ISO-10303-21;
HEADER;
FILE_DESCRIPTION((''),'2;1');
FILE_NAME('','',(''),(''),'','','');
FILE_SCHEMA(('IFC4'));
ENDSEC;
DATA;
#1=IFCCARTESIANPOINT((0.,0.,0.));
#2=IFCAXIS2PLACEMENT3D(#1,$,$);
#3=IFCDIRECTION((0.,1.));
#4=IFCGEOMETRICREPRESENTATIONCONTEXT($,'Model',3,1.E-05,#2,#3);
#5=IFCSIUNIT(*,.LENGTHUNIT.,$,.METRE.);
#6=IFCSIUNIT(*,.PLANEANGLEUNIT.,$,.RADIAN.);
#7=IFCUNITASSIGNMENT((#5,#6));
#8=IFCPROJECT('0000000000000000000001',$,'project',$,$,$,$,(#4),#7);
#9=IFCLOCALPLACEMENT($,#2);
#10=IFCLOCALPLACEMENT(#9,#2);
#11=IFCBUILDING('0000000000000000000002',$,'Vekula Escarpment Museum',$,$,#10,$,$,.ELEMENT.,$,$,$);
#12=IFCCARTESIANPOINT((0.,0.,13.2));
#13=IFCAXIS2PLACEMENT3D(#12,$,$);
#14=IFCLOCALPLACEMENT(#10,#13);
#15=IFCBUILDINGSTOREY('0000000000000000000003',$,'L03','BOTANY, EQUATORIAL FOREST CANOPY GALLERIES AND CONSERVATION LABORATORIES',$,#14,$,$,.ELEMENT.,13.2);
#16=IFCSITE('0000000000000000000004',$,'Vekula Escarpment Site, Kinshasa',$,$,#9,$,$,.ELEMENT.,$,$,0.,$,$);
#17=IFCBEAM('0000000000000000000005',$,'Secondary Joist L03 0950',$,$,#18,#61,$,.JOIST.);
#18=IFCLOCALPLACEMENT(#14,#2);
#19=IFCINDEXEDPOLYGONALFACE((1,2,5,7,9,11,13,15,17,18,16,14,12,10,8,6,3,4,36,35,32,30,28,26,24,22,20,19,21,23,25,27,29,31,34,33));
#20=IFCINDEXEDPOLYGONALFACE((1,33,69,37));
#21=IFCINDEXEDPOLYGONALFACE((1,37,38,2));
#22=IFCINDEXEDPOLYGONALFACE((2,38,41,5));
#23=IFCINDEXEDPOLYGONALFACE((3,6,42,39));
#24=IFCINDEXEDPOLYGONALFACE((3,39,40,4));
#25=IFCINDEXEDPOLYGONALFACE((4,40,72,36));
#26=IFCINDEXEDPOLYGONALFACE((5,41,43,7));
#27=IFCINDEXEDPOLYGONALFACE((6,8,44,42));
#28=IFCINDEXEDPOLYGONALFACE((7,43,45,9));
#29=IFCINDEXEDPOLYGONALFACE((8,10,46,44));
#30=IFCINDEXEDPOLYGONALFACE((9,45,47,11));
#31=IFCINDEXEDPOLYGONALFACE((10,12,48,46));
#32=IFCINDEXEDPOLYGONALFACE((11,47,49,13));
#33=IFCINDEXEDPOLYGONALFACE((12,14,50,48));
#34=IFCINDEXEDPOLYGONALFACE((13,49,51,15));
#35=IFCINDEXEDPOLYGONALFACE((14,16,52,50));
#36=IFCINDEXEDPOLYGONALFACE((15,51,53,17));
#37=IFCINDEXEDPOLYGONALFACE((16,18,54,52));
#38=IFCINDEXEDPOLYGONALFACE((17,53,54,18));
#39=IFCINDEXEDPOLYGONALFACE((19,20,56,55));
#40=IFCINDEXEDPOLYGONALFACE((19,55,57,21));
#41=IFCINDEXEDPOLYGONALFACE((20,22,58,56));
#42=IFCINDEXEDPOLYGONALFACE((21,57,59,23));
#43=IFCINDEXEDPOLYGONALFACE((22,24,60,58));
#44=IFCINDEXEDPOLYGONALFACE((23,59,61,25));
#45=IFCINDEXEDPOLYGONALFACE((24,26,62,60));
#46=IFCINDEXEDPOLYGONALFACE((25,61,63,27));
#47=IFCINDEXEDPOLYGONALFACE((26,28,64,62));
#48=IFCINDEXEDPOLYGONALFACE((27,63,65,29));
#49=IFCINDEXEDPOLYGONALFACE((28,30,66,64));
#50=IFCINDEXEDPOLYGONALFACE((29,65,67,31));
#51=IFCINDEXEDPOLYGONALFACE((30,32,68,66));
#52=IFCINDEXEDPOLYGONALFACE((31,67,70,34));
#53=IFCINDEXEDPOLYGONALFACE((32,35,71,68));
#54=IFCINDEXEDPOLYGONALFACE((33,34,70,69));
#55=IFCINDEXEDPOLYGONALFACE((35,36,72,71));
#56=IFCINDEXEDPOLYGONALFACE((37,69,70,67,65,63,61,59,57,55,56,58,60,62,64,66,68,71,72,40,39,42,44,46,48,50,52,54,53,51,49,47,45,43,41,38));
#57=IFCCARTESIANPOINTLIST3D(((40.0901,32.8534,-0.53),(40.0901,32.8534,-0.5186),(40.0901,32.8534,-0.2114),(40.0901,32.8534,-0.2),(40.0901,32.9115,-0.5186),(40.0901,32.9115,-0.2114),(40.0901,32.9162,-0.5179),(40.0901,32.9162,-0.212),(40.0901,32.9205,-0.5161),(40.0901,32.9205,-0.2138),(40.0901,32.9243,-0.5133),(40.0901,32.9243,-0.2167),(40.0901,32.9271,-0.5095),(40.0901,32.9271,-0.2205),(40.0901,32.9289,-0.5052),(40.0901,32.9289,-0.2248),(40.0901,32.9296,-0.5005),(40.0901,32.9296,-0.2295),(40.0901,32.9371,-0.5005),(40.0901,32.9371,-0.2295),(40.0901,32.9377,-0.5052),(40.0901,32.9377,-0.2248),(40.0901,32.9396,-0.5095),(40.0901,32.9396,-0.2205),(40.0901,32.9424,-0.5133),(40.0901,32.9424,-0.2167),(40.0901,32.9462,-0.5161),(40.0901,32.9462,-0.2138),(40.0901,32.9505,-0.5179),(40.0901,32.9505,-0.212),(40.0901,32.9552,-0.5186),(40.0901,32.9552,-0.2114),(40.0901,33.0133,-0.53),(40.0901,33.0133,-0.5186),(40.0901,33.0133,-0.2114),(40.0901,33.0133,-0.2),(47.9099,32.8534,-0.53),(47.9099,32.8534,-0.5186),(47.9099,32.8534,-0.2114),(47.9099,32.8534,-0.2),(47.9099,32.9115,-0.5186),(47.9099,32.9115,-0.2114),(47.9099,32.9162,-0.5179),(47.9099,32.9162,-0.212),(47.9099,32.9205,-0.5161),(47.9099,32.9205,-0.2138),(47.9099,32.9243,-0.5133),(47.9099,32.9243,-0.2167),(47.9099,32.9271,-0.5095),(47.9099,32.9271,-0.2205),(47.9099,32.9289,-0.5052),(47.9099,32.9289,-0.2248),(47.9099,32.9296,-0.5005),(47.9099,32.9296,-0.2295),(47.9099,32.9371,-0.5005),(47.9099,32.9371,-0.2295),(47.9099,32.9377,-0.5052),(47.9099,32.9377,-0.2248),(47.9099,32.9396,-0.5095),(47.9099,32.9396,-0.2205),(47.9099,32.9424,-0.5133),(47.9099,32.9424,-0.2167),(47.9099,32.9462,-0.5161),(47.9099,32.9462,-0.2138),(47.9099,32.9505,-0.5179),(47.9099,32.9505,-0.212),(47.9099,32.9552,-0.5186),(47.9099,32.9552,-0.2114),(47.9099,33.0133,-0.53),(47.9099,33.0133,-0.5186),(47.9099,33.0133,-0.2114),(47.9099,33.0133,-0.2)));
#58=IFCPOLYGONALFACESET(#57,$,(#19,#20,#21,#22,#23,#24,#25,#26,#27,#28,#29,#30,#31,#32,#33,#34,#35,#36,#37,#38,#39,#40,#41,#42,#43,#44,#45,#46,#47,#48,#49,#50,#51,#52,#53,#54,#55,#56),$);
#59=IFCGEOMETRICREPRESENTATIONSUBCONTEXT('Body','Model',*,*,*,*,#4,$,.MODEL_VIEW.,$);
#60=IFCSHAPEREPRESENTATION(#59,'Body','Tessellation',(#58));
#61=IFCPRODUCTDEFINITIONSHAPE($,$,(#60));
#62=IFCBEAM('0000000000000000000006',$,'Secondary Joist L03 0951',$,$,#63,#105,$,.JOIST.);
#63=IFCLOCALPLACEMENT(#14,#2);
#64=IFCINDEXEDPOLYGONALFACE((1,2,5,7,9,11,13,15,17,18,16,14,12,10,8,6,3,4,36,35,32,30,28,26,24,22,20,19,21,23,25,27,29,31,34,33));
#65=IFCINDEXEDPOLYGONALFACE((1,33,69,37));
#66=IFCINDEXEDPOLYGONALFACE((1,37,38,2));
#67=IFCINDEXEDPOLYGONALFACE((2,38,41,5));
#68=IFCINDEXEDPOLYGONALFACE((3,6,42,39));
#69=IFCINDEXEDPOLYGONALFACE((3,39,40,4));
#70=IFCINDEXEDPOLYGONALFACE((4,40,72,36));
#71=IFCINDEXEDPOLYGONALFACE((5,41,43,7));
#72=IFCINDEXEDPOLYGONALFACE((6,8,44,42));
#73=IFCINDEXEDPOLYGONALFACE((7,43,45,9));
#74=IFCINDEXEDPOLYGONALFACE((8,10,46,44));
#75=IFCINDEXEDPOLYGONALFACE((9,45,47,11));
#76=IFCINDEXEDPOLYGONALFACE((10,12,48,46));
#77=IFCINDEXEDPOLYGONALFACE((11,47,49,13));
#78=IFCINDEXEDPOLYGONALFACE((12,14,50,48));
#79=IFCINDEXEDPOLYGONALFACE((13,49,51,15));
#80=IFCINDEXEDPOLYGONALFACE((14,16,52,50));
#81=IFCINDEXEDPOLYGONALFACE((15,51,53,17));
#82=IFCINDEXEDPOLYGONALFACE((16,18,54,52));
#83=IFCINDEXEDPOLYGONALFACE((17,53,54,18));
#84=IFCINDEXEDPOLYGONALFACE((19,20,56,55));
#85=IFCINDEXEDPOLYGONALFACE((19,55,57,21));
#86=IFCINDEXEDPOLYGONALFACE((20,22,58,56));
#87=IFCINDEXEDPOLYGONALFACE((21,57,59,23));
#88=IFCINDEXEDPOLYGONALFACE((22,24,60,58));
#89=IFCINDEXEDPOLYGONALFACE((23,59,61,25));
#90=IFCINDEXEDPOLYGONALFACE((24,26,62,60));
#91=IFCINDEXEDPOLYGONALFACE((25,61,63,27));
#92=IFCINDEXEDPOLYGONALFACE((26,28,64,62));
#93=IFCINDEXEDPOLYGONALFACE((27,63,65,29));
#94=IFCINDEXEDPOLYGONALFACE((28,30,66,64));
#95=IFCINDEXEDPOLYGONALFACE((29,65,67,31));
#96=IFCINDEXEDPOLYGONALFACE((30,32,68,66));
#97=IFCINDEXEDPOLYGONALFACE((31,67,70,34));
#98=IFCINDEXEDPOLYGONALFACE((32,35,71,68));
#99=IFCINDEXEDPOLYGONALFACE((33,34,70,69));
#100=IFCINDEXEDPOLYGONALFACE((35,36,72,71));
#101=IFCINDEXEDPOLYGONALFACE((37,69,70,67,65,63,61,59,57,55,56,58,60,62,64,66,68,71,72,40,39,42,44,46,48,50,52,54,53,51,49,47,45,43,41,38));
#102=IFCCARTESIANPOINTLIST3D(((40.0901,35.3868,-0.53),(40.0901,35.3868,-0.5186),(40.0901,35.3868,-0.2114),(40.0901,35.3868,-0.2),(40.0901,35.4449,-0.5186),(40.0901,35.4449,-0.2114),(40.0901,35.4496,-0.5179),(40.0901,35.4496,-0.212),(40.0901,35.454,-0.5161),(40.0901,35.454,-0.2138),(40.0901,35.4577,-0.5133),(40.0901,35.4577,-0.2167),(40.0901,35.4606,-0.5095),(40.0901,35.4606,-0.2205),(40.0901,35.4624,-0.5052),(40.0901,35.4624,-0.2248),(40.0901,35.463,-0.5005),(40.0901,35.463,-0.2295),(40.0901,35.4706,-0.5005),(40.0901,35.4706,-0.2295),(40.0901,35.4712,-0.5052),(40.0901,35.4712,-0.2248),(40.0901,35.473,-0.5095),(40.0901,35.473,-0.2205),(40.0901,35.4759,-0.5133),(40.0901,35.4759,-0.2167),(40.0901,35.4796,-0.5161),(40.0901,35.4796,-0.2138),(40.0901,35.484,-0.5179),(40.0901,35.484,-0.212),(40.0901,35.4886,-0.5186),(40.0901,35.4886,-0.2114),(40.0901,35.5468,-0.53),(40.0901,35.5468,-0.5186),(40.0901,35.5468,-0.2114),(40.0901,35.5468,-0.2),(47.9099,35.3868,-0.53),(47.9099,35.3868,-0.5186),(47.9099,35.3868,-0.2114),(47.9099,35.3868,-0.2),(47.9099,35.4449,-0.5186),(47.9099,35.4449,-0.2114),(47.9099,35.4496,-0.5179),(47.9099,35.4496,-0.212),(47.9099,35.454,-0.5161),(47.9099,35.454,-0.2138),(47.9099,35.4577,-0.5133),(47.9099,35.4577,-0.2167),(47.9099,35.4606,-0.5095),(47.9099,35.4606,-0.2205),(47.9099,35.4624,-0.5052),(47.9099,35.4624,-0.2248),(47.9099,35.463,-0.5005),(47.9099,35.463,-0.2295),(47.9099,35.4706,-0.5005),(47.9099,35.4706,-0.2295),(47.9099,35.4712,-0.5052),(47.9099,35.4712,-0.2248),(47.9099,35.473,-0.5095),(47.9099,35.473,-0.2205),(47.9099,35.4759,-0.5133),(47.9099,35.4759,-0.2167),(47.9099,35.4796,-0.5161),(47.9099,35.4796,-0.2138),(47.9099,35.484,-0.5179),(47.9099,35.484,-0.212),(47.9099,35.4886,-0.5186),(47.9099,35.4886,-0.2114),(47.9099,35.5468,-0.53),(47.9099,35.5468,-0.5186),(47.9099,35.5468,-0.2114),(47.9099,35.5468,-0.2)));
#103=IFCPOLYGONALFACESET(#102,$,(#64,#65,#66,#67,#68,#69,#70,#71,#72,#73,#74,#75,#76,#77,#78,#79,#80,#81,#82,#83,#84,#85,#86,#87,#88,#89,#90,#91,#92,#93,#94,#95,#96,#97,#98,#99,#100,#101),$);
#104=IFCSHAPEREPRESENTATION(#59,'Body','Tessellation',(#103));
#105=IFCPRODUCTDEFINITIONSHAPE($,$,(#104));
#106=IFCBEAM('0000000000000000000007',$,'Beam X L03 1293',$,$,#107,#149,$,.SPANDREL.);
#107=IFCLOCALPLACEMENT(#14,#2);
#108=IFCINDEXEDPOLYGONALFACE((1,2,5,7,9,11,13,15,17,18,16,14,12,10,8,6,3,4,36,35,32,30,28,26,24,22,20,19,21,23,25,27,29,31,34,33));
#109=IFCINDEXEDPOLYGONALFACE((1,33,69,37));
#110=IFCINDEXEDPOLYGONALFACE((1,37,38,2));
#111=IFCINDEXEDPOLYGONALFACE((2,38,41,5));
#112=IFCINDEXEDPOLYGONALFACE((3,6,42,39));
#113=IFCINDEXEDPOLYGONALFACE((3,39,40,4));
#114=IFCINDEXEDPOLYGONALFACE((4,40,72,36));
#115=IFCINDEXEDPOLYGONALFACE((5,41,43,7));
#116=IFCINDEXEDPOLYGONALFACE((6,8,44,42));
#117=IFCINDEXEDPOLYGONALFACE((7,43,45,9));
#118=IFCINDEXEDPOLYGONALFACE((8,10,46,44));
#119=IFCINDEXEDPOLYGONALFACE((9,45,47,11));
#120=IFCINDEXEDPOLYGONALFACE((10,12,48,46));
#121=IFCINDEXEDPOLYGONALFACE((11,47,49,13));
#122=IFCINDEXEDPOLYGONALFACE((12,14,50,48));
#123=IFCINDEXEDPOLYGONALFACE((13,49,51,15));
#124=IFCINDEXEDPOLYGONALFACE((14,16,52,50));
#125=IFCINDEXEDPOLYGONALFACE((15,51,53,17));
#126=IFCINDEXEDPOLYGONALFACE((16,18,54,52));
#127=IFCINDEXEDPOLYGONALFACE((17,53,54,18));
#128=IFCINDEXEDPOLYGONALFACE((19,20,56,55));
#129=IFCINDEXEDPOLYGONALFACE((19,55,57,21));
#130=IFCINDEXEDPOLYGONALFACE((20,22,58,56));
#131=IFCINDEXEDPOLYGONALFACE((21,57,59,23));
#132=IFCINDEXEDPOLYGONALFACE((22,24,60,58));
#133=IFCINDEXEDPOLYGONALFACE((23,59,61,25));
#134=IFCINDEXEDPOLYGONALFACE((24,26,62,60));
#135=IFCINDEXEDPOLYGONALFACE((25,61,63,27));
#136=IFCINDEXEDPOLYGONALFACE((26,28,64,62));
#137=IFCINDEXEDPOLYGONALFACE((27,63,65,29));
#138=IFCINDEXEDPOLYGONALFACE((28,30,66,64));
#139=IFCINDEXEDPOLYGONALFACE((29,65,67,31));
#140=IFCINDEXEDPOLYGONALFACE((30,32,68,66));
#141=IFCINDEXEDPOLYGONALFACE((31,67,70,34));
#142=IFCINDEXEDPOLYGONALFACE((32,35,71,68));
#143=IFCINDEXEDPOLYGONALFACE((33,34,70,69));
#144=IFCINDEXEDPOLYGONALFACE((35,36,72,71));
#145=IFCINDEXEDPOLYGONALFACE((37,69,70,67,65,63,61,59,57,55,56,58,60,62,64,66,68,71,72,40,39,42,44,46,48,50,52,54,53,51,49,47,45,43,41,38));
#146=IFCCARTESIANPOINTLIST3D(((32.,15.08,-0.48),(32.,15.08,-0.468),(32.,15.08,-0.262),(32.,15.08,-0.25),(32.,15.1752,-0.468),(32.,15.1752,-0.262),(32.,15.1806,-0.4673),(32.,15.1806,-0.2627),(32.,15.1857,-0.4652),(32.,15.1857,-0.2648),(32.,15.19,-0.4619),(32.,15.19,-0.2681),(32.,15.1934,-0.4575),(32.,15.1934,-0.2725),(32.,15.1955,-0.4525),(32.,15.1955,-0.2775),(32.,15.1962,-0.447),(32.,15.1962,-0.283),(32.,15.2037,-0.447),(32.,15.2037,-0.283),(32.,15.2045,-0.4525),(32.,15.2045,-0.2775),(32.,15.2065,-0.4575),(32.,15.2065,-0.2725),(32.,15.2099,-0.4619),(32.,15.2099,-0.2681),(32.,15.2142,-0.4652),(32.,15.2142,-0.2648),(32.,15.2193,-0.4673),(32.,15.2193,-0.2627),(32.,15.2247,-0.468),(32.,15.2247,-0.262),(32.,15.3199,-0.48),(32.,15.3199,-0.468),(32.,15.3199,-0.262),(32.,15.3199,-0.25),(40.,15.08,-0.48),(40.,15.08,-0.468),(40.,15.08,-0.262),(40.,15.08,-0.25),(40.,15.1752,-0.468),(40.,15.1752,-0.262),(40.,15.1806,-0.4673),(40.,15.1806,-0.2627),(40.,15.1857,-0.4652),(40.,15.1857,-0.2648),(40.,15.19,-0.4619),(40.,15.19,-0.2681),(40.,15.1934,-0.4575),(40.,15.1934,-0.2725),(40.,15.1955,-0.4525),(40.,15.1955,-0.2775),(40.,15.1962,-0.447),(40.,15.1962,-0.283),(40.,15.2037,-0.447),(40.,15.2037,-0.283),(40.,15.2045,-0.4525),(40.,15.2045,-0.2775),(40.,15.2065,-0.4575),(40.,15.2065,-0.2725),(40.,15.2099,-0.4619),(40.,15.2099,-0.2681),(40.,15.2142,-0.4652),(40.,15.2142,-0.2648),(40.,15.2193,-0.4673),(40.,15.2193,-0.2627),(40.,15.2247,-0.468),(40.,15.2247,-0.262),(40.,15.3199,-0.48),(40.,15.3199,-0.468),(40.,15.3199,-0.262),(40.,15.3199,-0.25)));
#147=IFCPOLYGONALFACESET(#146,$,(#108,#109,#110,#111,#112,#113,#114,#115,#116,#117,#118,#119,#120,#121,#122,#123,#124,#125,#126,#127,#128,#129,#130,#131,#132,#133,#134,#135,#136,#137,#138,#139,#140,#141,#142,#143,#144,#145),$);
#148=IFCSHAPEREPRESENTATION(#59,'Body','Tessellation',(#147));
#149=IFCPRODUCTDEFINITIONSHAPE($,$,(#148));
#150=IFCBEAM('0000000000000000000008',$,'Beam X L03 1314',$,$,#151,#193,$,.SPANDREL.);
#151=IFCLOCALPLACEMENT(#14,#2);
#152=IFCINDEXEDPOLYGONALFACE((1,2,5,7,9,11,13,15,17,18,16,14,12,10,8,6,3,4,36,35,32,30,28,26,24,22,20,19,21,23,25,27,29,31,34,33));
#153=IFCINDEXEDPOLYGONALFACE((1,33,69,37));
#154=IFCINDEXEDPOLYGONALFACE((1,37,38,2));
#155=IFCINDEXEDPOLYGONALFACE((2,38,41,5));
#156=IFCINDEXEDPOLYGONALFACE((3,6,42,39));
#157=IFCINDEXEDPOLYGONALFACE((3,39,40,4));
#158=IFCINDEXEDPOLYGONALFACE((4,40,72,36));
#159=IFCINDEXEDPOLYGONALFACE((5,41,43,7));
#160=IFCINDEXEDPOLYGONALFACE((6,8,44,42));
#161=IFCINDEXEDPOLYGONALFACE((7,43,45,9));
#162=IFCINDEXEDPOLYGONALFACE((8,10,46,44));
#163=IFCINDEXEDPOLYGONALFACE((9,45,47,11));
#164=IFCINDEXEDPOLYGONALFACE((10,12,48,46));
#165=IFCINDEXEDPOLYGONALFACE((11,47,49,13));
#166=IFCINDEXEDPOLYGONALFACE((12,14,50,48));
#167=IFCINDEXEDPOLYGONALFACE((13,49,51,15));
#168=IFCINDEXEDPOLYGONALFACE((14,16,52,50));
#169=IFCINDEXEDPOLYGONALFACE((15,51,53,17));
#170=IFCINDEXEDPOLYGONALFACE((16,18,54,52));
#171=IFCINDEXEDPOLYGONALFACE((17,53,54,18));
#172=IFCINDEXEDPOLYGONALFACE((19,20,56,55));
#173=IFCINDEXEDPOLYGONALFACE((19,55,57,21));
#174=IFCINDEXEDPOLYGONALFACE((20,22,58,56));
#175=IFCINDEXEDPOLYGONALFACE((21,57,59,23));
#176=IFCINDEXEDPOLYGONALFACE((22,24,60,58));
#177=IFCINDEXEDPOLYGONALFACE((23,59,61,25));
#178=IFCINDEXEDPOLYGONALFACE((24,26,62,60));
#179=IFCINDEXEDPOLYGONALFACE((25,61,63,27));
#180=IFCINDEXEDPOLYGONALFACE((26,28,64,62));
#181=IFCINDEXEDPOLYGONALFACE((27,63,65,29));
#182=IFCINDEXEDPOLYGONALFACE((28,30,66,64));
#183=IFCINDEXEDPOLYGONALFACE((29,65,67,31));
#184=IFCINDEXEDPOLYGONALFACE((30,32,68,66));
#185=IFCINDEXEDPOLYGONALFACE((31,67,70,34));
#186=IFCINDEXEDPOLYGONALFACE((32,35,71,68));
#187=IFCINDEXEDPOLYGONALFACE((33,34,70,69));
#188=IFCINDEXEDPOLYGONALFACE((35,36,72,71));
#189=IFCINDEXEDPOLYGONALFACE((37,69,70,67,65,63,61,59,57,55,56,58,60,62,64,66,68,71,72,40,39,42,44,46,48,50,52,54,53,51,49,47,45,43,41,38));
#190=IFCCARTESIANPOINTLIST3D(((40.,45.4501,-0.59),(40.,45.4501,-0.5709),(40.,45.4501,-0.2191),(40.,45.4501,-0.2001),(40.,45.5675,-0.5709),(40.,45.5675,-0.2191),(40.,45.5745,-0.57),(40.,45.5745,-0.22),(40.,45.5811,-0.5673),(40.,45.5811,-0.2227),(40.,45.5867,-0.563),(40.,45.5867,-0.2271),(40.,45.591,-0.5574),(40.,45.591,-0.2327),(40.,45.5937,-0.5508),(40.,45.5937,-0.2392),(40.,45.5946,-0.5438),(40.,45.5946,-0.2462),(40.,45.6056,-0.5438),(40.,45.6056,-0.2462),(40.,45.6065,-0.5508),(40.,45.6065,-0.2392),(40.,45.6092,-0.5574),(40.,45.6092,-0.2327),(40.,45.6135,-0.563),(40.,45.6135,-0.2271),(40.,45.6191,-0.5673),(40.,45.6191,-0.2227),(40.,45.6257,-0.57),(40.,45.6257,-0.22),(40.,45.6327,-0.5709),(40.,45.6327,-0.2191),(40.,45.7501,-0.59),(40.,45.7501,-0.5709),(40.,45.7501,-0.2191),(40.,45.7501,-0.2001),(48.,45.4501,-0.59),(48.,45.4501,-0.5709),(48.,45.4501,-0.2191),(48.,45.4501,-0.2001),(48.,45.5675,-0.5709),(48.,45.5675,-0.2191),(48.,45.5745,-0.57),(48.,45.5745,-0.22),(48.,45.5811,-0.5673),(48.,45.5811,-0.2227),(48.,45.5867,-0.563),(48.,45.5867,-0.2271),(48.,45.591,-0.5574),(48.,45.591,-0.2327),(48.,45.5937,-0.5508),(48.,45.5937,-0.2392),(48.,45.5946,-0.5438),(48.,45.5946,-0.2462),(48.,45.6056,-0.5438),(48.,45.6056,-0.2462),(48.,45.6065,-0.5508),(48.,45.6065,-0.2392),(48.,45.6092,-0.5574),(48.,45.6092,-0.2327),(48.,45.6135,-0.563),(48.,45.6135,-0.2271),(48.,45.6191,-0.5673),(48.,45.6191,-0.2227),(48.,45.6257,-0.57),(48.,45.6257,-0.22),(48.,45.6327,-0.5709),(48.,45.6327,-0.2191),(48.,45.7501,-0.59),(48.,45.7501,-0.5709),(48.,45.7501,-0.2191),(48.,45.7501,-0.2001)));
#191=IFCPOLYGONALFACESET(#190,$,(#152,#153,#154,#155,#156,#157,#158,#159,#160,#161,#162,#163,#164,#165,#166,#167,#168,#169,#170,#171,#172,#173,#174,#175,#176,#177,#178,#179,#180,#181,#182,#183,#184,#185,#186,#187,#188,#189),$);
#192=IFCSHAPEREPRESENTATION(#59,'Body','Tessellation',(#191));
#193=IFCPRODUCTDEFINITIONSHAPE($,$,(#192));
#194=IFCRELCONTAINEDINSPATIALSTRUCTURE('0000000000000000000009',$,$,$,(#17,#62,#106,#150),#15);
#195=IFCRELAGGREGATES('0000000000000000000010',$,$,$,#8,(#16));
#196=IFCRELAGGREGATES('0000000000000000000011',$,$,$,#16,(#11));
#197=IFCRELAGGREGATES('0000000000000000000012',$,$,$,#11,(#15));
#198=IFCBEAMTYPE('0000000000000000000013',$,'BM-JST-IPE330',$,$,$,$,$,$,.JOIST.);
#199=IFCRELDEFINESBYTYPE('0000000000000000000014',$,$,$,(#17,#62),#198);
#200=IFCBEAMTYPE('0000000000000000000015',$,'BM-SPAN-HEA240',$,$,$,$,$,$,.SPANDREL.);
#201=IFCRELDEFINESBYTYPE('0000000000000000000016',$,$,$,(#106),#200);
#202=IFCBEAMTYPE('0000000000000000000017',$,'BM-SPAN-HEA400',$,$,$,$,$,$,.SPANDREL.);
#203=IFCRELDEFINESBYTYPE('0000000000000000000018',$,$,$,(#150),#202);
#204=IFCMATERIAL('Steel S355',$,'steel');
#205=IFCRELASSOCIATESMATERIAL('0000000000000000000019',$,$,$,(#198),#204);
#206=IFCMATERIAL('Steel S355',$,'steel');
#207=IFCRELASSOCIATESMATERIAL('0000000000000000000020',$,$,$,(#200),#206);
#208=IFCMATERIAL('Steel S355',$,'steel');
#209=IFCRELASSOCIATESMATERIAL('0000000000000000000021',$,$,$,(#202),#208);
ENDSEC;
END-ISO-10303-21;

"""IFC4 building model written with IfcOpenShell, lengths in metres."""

from ifc_helpers import new_model, si_unit, direction, frame, origin, origin_2d, place, context, subcontext, project, spatial, i_section, extrude, material, material_profile, profile_set, type_object, element, save


model = new_model("IFC4")

# Units and contexts
model_context = context("Model", 3, precision=1e-05, world=origin(), true_north=direction((0.0, 1.0)))
body_context = subcontext(model_context, "Body", "Model", "MODEL_VIEW")
ifc_project = project(units=[si_unit("LENGTHUNIT", "METRE"), si_unit("PLANEANGLEUNIT", "RADIAN")], contexts=[model_context])

# Site, building, storey
site_placement = place(None, origin())
site = spatial("IfcSite", under=ifc_project, at=site_placement, Name="Vekula Escarpment Site, Kinshasa", CompositionType="ELEMENT", RefElevation=0.0)
building_placement = place(site_placement, origin())
building = spatial("IfcBuilding", under=site, at=building_placement, Name="Vekula Escarpment Museum", CompositionType="ELEMENT")
storey_placement = place(building_placement, frame((0.0, 0.0, 13.2)))
storey = spatial("IfcBuildingStorey", under=building, at=storey_placement, Name="L03", Description="BOTANY, EQUATORIAL FOREST CANOPY GALLERIES AND CONSERVATION LABORATORIES", CompositionType="ELEMENT", Elevation=13.2)

# Beams
ifc_material_1 = material(Name="Steel S355", Category="steel")
ifc_material_profile_1 = material_profile(ifc_material_1, i_section(OverallWidth=0.1599, OverallDepth=0.3301, WebThickness=0.0076, FlangeThickness=0.0115, FilletRadius=0.0181, at=origin_2d()), Name="IPE 330")
ifc_profile_set_1 = profile_set([ifc_material_profile_1], Name="Steel S355")
beam_type_1 = type_object("IfcBeamType", Name="BM-JST-IPE330", PredefinedType="JOIST", material=ifc_profile_set_1)
for number, where, z_axis, x_axis, name in (
    (1, (40.0901, 32.9333, -0.365), (1.0, 0.0, 0.0), (0.0, 1.0, 0.0), "Secondary Joist L03 0950"),
    (2, (40.0901, 35.4668, -0.365), (1.0, 0.0, 0.0), (0.0, 1.0, 0.0), "Secondary Joist L03 0951"),
):
    element("IfcBeam", number, at=place(storey_placement, frame(where, z_axis=z_axis, x_axis=x_axis)), inside=storey, type_object=beam_type_1, Name=name, PredefinedType="JOIST", context=body_context, shape_type="SweptSolid", body=[
        extrude(i_section(OverallWidth=0.1599, OverallDepth=0.3301, WebThickness=0.0076, FlangeThickness=0.0115, FilletRadius=0.0181, at=origin_2d()), origin(), (0.0, 0.0, 1.0), 7.8198),
    ])
ifc_material_2 = material(Name="Steel S355", Category="steel")
ifc_material_profile_2 = material_profile(ifc_material_2, i_section(OverallWidth=0.24, OverallDepth=0.23, WebThickness=0.0076, FlangeThickness=0.012, FilletRadius=0.021, at=origin_2d()), Name="HEA 240")
ifc_profile_set_2 = profile_set([ifc_material_profile_2], Name="Steel S355")
beam_type_2 = type_object("IfcBeamType", Name="BM-SPAN-HEA240", PredefinedType="SPANDREL", material=ifc_profile_set_2)
beam_1_placement = place(storey_placement, frame((32.0, 15.2, -0.365), z_axis=(1.0, 0.0, 0.0), x_axis=(0.0, 1.0, 0.0)))
element("IfcBeam", 3, at=beam_1_placement, inside=storey, type_object=beam_type_2, Name="Beam X L03 1293", PredefinedType="SPANDREL", context=body_context, shape_type="SweptSolid", body=[
    extrude(i_section(OverallWidth=0.24, OverallDepth=0.23, WebThickness=0.0076, FlangeThickness=0.012, FilletRadius=0.021, at=origin_2d()), origin(), (0.0, 0.0, 1.0), 8.0),
])
ifc_material_3 = material(Name="Steel S355", Category="steel")
ifc_material_profile_3 = material_profile(ifc_material_3, i_section(OverallWidth=0.3, OverallDepth=0.3899, WebThickness=0.011, FlangeThickness=0.019, FilletRadius=0.0271, at=origin_2d()), Name="HEA 400")
ifc_profile_set_3 = profile_set([ifc_material_profile_3], Name="Steel S355")
beam_type_3 = type_object("IfcBeamType", Name="BM-SPAN-HEA400", PredefinedType="SPANDREL", material=ifc_profile_set_3)
beam_2_placement = place(storey_placement, frame((40.0, 45.6001, -0.395), z_axis=(1.0, 0.0, 0.0), x_axis=(0.0, 1.0, 0.0)))
element("IfcBeam", 4, at=beam_2_placement, inside=storey, type_object=beam_type_3, Name="Beam X L03 1314", PredefinedType="SPANDREL", context=body_context, shape_type="SweptSolid", body=[
    extrude(i_section(OverallWidth=0.3, OverallDepth=0.3899, WebThickness=0.011, FlangeThickness=0.019, FilletRadius=0.0271, at=origin_2d()), origin(), (0.0, 0.0, 1.0), 8.0),
])

save(model, "model.ifc")
